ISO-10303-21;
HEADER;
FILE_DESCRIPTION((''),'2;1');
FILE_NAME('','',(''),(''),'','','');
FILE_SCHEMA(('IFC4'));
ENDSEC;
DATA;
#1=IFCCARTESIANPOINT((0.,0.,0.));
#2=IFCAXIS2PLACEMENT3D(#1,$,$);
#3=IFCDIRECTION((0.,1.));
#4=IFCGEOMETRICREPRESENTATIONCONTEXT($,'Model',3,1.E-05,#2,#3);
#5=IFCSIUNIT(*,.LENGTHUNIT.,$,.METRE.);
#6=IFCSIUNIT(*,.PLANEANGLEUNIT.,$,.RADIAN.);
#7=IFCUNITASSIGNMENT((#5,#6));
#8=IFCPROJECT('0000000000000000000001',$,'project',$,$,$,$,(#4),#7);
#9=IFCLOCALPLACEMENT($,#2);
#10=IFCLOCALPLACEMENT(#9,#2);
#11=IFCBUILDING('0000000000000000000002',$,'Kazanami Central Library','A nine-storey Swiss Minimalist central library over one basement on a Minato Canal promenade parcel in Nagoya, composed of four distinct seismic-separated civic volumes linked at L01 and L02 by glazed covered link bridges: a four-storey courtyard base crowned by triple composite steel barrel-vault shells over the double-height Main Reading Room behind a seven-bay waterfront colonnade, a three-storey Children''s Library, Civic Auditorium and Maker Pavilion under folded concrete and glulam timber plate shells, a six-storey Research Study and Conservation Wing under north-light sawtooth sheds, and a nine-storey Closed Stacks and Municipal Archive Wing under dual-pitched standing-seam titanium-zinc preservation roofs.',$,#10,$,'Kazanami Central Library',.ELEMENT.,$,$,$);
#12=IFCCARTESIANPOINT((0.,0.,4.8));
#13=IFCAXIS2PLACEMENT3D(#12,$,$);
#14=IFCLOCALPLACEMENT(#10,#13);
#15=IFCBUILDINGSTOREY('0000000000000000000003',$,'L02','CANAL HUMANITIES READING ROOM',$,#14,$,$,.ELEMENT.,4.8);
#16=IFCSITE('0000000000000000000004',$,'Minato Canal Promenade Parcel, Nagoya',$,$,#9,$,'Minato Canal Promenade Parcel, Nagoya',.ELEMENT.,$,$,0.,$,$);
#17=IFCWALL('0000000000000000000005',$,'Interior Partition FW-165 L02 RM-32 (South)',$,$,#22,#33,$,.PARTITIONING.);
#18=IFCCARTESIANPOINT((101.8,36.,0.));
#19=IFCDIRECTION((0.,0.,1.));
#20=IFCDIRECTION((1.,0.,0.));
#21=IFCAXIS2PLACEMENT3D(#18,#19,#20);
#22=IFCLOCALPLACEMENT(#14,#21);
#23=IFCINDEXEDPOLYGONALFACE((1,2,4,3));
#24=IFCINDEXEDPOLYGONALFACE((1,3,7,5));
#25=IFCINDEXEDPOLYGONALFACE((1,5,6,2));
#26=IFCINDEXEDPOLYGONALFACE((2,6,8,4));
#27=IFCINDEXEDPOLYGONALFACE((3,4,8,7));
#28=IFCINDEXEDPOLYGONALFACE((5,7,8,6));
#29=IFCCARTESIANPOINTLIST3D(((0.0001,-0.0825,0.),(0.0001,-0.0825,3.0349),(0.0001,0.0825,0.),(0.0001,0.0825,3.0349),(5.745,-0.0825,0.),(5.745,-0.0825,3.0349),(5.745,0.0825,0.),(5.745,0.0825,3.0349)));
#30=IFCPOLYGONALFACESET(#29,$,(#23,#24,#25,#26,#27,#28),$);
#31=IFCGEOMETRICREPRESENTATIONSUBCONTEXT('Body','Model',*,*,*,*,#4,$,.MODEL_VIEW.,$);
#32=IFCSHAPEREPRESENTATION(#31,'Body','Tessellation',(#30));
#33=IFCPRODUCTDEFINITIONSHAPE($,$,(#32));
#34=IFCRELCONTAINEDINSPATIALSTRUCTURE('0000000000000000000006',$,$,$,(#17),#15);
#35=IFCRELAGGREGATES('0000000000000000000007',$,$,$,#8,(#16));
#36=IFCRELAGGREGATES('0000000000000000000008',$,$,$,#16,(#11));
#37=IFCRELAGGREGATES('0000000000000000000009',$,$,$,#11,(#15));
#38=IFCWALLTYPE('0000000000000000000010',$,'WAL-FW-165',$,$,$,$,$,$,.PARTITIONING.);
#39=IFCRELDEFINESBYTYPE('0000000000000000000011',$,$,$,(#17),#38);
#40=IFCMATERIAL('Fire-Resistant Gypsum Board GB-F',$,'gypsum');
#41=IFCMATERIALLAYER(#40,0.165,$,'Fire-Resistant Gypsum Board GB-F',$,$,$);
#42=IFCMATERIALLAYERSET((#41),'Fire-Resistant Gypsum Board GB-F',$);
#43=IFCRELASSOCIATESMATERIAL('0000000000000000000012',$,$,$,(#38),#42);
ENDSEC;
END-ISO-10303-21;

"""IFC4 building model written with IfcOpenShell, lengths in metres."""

from ifc_helpers import new_model, si_unit, direction, frame, frame_2d, origin, place, context, subcontext, project, spatial, rectangle, extrude, material, layer, layer_set, type_object, element, save


model = new_model("IFC4")

# Units and contexts
model_context = context("Model", 3, precision=1e-05, world=origin(), true_north=direction((0.0, 1.0)))
body_context = subcontext(model_context, "Body", "Model", "MODEL_VIEW")
ifc_project = project(units=[si_unit("LENGTHUNIT", "METRE"), si_unit("PLANEANGLEUNIT", "RADIAN")], contexts=[model_context])

# Site, building, storey
site_placement = place(None, origin())
site = spatial("IfcSite", under=ifc_project, at=site_placement, Name="Minato Canal Promenade Parcel, Nagoya", LongName="Minato Canal Promenade Parcel, Nagoya", CompositionType="ELEMENT", RefElevation=0.0)
building_placement = place(site_placement, origin())
building = spatial("IfcBuilding", under=site, at=building_placement, Name="Kazanami Central Library", Description="A nine-storey Swiss Minimalist central library over one basement on a Minato Canal promenade parcel in Nagoya, composed of four distinct seismic-separated civic volumes linked at L01 and L02 by glazed covered link bridges: a four-storey courtyard base crowned by triple composite steel barrel-vault shells over the double-height Main Reading Room behind a seven-bay waterfront colonnade, a three-storey Children's Library, Civic Auditorium and Maker Pavilion under folded concrete and glulam timber plate shells, a six-storey Research Study and Conservation Wing under north-light sawtooth sheds, and a nine-storey Closed Stacks and Municipal Archive Wing under dual-pitched standing-seam titanium-zinc preservation roofs.", LongName="Kazanami Central Library", CompositionType="ELEMENT")
storey_placement = place(building_placement, frame((0.0, 0.0, 4.8)))
storey = spatial("IfcBuildingStorey", under=building, at=storey_placement, Name="L02", Description="CANAL HUMANITIES READING ROOM", CompositionType="ELEMENT", Elevation=4.8)

# Wall
ifc_material_1 = material(Name="Fire-Resistant Gypsum Board GB-F", Category="gypsum")
ifc_layer_1 = layer(ifc_material_1, 0.165, Name="Fire-Resistant Gypsum Board GB-F")
ifc_layer_set_1 = layer_set([ifc_layer_1], Name="Fire-Resistant Gypsum Board GB-F")
wall_type_1 = type_object("IfcWallType", Name="WAL-FW-165", PredefinedType="PARTITIONING", material=ifc_layer_set_1)
wall_1_placement = place(storey_placement, frame((101.8, 36.0, 0.0), z_axis=(0.0, 0.0, 1.0), x_axis=(1.0, 0.0, 0.0)))
element("IfcWall", 1, at=wall_1_placement, inside=storey, type_object=wall_type_1, Name="Interior Partition FW-165 L02 RM-32 (South)", PredefinedType="PARTITIONING", context=body_context, shape_type="SweptSolid", body=[
    extrude(rectangle(XDim=5.7449, YDim=0.165, at=frame_2d((2.8726, 0.0))), origin(), (0.0, 0.0, 1.0), 3.0349),
])

save(model, "model.ifc")
